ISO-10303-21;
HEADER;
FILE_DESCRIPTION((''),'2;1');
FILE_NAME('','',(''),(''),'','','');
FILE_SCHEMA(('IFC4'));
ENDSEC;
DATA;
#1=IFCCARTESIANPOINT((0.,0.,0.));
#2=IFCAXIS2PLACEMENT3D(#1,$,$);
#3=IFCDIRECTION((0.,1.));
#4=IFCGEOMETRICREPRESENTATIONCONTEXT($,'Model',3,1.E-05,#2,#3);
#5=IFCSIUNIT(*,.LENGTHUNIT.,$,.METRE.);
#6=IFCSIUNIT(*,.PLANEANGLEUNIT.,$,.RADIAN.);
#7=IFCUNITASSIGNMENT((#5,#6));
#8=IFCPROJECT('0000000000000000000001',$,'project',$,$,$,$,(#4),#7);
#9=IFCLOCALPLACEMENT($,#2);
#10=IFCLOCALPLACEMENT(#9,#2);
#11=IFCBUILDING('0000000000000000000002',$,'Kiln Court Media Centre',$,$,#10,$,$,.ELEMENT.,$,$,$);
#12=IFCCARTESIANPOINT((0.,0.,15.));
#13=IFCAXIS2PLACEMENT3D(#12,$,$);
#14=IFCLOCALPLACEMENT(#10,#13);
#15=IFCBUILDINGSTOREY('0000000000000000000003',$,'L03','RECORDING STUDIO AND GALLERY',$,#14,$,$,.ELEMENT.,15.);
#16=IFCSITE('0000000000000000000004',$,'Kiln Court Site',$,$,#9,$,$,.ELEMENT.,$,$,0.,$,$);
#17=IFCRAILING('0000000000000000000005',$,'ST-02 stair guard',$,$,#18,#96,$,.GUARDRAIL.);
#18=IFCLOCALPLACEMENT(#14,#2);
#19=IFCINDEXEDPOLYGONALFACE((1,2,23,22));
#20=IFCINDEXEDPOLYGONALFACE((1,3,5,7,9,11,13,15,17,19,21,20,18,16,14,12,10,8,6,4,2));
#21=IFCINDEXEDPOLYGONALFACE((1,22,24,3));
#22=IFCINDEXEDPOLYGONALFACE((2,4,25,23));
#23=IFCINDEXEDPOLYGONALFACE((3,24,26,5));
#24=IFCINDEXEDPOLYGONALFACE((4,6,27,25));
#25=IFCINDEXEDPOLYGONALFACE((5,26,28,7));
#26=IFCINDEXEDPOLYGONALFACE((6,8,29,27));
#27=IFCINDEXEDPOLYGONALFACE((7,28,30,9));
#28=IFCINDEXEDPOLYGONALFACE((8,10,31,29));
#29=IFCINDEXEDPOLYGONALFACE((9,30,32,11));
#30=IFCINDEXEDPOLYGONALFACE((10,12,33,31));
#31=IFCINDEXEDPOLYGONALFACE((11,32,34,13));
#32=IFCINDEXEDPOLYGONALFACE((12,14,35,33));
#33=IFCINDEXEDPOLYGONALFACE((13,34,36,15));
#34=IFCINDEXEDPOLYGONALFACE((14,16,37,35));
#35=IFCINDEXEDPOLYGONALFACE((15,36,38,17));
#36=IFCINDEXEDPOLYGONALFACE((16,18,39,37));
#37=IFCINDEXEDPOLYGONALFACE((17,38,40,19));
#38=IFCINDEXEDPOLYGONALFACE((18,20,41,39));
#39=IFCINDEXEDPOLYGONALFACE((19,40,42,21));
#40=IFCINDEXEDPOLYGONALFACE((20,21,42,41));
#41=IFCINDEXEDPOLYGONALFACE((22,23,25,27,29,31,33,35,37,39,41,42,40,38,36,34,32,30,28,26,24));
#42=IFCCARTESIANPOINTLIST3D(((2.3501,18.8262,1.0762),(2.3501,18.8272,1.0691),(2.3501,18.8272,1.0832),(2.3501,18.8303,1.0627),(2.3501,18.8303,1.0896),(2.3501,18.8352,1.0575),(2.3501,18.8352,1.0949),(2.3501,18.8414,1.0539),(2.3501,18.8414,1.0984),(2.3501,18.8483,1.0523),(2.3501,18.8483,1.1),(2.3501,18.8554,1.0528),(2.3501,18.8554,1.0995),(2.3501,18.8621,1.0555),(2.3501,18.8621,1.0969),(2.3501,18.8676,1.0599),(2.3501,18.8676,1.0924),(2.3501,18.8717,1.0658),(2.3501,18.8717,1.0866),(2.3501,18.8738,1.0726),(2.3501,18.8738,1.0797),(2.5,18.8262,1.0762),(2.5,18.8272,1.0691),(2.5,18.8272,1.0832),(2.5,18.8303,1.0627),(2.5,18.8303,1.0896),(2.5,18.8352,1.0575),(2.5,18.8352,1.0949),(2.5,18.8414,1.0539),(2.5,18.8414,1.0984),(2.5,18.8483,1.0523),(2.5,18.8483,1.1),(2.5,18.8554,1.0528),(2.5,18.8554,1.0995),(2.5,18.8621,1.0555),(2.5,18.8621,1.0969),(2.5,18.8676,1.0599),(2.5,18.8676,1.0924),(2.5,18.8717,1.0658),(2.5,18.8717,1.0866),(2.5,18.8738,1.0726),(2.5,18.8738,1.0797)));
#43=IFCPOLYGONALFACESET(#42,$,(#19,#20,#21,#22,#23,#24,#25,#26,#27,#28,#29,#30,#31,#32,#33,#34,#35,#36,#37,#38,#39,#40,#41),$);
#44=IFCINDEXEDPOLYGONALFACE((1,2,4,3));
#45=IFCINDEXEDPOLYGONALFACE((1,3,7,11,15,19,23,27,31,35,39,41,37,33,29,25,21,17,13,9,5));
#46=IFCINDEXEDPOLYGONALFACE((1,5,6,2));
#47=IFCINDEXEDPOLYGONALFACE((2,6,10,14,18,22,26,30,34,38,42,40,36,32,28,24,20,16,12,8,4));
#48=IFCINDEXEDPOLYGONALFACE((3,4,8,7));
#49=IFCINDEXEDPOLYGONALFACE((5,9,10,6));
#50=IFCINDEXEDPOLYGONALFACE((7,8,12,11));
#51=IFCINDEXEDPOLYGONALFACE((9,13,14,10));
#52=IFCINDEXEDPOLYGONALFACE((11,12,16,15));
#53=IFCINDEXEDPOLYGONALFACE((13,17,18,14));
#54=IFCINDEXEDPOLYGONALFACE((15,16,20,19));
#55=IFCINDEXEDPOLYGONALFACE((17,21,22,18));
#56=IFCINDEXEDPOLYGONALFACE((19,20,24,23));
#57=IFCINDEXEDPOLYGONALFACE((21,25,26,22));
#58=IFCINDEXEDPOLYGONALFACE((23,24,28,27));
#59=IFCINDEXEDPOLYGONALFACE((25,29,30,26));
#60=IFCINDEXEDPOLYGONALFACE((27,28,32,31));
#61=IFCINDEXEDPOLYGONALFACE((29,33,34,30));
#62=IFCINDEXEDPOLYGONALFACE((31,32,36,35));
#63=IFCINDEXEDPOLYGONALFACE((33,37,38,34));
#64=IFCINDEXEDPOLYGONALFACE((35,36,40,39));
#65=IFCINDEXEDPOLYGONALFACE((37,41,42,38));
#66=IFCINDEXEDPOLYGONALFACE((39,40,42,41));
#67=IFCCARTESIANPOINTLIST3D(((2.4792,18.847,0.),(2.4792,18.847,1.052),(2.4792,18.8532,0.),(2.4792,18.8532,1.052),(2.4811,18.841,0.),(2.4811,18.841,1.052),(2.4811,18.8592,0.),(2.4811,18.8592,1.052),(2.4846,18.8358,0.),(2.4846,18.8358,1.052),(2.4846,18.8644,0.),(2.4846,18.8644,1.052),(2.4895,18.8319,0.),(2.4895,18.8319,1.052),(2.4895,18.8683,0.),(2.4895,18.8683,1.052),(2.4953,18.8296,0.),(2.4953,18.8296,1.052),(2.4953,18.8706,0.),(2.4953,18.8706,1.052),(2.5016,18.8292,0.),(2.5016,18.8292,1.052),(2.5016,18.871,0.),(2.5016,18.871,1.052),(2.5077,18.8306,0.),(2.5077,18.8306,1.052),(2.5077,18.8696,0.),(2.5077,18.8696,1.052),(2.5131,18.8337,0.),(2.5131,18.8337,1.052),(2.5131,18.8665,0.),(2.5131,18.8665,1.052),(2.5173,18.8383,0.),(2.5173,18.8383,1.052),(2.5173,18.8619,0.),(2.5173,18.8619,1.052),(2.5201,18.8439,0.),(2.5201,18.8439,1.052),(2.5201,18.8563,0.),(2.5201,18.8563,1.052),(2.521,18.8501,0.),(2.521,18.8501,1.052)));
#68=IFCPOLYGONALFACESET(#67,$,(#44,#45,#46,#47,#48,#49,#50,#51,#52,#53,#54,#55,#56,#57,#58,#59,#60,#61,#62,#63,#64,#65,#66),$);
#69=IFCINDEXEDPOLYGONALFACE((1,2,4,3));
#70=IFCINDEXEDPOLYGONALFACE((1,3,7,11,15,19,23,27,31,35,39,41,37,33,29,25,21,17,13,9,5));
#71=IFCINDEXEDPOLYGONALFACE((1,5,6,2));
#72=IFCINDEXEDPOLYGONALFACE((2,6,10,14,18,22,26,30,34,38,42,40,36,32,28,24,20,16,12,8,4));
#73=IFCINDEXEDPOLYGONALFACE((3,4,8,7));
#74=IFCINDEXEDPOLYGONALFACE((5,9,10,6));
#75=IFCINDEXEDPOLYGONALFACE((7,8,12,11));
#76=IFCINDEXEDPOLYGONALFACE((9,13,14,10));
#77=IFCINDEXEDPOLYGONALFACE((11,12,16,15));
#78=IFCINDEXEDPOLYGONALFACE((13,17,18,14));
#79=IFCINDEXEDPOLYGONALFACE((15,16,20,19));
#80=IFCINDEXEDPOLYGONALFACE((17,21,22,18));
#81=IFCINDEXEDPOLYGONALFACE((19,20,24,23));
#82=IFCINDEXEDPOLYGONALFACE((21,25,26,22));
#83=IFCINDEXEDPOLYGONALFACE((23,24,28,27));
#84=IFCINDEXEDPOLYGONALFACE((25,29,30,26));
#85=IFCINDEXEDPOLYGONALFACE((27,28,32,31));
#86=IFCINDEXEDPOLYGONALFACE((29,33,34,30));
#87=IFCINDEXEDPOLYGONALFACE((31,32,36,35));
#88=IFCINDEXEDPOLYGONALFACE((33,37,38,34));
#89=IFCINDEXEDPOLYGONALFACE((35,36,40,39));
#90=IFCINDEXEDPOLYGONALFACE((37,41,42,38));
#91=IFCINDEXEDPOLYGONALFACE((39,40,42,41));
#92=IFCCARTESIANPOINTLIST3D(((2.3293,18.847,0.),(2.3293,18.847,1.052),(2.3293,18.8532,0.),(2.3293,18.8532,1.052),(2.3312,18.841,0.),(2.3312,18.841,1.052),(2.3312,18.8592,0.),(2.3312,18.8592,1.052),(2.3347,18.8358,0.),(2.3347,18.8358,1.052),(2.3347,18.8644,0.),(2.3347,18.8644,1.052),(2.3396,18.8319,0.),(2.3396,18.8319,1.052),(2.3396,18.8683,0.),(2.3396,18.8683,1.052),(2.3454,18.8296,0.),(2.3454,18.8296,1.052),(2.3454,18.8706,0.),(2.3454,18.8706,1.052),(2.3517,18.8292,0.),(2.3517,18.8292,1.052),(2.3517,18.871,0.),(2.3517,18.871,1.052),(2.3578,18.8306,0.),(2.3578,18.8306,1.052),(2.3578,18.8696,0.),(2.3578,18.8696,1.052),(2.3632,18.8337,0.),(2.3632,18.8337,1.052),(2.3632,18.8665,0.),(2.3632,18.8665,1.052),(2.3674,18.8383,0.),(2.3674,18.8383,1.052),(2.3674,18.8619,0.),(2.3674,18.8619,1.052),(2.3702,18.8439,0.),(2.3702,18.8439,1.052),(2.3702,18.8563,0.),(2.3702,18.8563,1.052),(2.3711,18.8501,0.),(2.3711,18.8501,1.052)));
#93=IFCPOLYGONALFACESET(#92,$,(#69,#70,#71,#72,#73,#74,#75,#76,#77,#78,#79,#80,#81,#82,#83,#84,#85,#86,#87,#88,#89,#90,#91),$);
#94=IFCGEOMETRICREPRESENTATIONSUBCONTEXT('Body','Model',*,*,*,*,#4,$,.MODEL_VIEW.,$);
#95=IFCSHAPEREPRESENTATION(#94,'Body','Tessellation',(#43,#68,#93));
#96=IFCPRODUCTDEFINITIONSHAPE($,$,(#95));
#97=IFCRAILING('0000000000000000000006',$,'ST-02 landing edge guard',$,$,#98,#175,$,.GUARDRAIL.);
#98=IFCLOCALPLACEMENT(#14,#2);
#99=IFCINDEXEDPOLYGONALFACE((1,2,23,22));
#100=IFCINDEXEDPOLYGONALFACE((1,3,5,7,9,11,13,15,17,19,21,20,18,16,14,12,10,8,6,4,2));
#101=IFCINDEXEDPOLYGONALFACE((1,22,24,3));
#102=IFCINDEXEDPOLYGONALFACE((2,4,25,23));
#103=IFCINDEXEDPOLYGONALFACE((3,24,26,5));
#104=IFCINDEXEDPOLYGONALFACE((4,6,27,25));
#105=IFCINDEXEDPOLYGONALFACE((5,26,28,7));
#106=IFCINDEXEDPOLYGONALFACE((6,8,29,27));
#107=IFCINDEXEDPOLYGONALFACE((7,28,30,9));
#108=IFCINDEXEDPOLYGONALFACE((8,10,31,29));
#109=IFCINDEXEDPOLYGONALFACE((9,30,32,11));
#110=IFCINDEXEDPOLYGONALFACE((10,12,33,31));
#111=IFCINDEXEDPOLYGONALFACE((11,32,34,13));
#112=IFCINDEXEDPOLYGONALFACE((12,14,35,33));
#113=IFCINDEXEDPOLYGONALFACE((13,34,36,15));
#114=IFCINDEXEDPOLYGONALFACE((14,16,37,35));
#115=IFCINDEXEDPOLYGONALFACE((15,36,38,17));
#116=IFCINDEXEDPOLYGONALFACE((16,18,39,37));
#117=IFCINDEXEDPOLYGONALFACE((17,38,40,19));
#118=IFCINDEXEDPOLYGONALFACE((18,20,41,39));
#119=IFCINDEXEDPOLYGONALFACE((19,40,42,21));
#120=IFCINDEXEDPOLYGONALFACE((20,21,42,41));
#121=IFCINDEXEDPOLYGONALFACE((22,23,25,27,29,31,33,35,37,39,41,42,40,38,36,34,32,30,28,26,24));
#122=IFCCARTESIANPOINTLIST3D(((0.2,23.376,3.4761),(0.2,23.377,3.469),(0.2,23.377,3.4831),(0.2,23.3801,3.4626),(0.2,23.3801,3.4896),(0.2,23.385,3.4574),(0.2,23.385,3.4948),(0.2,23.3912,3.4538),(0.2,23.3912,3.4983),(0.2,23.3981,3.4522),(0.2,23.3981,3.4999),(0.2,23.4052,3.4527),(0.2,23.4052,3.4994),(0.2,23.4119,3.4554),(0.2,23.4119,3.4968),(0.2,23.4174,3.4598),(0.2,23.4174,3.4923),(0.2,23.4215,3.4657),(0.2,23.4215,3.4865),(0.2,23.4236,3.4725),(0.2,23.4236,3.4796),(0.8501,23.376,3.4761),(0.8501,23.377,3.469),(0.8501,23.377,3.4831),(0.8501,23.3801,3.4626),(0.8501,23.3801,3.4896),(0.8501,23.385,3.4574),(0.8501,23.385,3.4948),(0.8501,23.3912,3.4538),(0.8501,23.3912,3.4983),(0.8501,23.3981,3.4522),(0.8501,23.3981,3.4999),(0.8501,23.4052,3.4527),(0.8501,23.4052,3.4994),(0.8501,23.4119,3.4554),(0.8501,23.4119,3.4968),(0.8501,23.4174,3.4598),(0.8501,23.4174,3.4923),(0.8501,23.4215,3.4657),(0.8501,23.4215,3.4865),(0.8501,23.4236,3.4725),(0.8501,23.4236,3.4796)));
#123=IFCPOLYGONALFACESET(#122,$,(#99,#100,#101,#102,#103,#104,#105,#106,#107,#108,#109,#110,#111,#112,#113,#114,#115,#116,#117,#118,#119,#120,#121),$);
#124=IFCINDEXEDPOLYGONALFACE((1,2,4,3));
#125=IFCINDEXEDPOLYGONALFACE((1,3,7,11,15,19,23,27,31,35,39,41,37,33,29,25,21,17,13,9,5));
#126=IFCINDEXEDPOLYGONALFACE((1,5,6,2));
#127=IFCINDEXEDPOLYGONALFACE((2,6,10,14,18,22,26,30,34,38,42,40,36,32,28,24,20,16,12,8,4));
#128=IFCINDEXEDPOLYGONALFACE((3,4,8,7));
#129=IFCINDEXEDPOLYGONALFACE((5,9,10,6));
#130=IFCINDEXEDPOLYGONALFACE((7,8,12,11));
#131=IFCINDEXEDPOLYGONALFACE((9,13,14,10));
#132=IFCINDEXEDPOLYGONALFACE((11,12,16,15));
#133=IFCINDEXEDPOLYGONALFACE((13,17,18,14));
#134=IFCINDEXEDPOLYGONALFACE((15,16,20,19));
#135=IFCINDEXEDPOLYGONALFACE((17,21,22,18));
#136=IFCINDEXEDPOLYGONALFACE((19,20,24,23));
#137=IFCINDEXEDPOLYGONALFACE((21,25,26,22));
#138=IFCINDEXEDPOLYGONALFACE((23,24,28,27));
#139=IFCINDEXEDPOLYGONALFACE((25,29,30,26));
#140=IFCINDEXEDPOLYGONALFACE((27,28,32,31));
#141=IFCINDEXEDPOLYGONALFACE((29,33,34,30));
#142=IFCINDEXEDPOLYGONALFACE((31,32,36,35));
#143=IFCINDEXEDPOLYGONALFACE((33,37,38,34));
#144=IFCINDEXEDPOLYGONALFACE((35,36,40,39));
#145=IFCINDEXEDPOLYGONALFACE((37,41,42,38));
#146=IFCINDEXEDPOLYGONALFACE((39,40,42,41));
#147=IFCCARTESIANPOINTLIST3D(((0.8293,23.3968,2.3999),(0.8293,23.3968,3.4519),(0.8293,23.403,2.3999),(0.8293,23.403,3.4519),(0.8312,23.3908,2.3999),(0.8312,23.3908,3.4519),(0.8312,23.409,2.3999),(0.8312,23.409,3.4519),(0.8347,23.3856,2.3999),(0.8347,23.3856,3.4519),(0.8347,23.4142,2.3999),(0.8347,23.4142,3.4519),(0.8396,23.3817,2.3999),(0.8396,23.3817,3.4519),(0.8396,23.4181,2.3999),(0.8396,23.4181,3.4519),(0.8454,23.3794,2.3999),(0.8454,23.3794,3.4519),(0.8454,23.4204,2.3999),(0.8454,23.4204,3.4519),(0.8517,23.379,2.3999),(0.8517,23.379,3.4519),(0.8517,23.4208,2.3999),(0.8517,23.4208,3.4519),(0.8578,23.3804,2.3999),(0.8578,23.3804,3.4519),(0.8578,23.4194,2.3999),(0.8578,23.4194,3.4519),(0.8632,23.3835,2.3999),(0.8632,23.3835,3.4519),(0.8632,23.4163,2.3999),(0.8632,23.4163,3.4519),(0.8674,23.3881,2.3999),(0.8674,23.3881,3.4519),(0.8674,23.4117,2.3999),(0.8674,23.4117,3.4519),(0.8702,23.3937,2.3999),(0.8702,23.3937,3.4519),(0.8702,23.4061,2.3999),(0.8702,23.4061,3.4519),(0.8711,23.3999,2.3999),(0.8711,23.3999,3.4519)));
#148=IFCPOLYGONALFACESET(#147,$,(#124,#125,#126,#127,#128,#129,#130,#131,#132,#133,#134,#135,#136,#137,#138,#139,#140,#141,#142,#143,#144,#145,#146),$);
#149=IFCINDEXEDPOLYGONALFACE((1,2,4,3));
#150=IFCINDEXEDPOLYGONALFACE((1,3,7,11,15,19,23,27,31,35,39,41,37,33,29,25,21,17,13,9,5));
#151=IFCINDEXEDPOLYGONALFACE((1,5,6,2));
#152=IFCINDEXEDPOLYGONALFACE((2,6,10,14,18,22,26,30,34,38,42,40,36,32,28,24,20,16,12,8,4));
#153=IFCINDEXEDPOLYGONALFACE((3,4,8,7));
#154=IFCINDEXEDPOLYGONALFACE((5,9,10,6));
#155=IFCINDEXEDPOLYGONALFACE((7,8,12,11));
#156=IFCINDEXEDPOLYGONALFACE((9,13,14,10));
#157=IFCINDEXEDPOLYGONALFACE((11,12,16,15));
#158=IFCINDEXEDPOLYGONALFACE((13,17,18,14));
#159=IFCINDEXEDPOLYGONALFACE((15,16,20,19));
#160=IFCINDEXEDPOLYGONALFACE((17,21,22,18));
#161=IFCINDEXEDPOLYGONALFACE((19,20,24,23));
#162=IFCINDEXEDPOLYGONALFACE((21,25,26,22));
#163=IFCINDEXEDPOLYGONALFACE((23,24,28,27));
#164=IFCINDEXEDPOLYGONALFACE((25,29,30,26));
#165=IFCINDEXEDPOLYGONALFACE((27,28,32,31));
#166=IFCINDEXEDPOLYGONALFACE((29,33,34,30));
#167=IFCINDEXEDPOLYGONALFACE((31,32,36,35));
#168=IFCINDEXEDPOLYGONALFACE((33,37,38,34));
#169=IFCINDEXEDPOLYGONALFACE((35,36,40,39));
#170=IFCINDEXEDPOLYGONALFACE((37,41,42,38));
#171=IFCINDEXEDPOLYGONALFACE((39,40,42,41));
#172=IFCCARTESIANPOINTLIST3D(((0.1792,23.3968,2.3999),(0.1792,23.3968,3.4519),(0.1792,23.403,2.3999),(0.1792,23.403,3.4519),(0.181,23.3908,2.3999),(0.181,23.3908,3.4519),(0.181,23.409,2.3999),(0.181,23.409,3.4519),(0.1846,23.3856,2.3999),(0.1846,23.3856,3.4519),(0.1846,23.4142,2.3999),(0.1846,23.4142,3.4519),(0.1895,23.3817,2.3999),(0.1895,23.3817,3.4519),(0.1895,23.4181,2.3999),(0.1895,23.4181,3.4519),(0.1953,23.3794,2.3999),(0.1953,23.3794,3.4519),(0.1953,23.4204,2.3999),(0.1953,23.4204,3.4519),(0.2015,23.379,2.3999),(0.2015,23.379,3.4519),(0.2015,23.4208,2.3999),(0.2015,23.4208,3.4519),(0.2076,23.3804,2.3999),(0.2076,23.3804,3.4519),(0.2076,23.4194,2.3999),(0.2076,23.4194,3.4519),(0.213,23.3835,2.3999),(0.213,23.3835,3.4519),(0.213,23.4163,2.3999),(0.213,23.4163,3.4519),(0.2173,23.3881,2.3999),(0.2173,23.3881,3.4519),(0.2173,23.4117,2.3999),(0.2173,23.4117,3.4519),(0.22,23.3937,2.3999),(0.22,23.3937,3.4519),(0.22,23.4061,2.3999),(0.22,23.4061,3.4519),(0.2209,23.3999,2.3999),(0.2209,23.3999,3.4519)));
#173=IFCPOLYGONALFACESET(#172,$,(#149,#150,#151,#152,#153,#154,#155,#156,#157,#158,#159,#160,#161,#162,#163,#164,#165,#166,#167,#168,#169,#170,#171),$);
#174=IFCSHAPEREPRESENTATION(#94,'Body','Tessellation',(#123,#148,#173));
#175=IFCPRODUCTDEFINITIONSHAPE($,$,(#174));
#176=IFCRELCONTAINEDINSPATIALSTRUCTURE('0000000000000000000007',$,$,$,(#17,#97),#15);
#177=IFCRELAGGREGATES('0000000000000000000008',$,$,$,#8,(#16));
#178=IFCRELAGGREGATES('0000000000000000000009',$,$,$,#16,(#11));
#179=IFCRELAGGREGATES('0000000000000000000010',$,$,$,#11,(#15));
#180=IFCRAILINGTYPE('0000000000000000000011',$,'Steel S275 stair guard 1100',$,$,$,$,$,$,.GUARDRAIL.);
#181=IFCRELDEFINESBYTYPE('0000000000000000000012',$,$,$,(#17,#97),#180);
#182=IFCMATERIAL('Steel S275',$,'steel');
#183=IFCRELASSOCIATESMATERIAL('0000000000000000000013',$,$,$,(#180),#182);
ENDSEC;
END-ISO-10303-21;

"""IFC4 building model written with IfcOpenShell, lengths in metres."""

from ifc_helpers import new_model, si_unit, direction, frame, origin, origin_2d, place, context, subcontext, project, spatial, circle, extrude, material, type_object, element, save


model = new_model("IFC4")

# Units and contexts
model_context = context("Model", 3, precision=1e-05, world=origin(), true_north=direction((0.0, 1.0)))
body_context = subcontext(model_context, "Body", "Model", "MODEL_VIEW")
ifc_project = project(units=[si_unit("LENGTHUNIT", "METRE"), si_unit("PLANEANGLEUNIT", "RADIAN")], contexts=[model_context])

# Site, building, storey
site_placement = place(None, origin())
site = spatial("IfcSite", under=ifc_project, at=site_placement, Name="Kiln Court Site", CompositionType="ELEMENT", RefElevation=0.0)
building_placement = place(site_placement, origin())
building = spatial("IfcBuilding", under=site, at=building_placement, Name="Kiln Court Media Centre", CompositionType="ELEMENT")
storey_placement = place(building_placement, frame((0.0, 0.0, 15.0)))
storey = spatial("IfcBuildingStorey", under=building, at=storey_placement, Name="L03", Description="RECORDING STUDIO AND GALLERY", CompositionType="ELEMENT", Elevation=15.0)

# Railings
ifc_material_1 = material(Name="Steel S275", Category="steel")
railing_type_1 = type_object("IfcRailingType", Name="Steel S275 stair guard 1100", PredefinedType="GUARDRAIL", material=ifc_material_1)
railing_1_placement = place(storey_placement, frame((2.5, 18.8501, 0.0)))
element("IfcRailing", 1, at=railing_1_placement, inside=storey, type_object=railing_type_1, Name="ST-02 stair guard", PredefinedType="GUARDRAIL", context=body_context, shape_type="SweptSolid", body=[
    extrude(circle(Radius=0.0239, at=origin_2d()), frame((0.0, 0.0, 1.0762), z_axis=(-1.0, 0.0, 0.0), x_axis=(0.0, -1.0, 0.0)), (0.0, 0.0, 1.0), 0.1499),
    extrude(circle(Radius=0.021, at=origin_2d()), origin(), (0.0, 0.0, 1.0), 1.052),
    extrude(circle(Radius=0.021, at=origin_2d()), frame((-0.1499, 0.0, 0.0)), (0.0, 0.0, 1.0), 1.052),
])
for number, where, name in (
    (2, (0.8501, 23.3999, 2.3999), "ST-02 landing edge guard"),
):
    element("IfcRailing", number, at=place(storey_placement, frame(where)), inside=storey, type_object=railing_type_1, Name=name, PredefinedType="GUARDRAIL", context=body_context, shape_type="SweptSolid", body=[
        extrude(circle(Radius=0.0239, at=origin_2d()), frame((0.0, 0.0, 1.0762), z_axis=(-1.0, 0.0, 0.0), x_axis=(0.0, -1.0, 0.0)), (0.0, 0.0, 1.0), 0.6501),
        extrude(circle(Radius=0.021, at=origin_2d()), origin(), (0.0, 0.0, 1.0), 1.052),
        extrude(circle(Radius=0.021, at=origin_2d()), frame((-0.6501, 0.0, 0.0)), (0.0, 0.0, 1.0), 1.052),
    ])

save(model, "model.ifc")
